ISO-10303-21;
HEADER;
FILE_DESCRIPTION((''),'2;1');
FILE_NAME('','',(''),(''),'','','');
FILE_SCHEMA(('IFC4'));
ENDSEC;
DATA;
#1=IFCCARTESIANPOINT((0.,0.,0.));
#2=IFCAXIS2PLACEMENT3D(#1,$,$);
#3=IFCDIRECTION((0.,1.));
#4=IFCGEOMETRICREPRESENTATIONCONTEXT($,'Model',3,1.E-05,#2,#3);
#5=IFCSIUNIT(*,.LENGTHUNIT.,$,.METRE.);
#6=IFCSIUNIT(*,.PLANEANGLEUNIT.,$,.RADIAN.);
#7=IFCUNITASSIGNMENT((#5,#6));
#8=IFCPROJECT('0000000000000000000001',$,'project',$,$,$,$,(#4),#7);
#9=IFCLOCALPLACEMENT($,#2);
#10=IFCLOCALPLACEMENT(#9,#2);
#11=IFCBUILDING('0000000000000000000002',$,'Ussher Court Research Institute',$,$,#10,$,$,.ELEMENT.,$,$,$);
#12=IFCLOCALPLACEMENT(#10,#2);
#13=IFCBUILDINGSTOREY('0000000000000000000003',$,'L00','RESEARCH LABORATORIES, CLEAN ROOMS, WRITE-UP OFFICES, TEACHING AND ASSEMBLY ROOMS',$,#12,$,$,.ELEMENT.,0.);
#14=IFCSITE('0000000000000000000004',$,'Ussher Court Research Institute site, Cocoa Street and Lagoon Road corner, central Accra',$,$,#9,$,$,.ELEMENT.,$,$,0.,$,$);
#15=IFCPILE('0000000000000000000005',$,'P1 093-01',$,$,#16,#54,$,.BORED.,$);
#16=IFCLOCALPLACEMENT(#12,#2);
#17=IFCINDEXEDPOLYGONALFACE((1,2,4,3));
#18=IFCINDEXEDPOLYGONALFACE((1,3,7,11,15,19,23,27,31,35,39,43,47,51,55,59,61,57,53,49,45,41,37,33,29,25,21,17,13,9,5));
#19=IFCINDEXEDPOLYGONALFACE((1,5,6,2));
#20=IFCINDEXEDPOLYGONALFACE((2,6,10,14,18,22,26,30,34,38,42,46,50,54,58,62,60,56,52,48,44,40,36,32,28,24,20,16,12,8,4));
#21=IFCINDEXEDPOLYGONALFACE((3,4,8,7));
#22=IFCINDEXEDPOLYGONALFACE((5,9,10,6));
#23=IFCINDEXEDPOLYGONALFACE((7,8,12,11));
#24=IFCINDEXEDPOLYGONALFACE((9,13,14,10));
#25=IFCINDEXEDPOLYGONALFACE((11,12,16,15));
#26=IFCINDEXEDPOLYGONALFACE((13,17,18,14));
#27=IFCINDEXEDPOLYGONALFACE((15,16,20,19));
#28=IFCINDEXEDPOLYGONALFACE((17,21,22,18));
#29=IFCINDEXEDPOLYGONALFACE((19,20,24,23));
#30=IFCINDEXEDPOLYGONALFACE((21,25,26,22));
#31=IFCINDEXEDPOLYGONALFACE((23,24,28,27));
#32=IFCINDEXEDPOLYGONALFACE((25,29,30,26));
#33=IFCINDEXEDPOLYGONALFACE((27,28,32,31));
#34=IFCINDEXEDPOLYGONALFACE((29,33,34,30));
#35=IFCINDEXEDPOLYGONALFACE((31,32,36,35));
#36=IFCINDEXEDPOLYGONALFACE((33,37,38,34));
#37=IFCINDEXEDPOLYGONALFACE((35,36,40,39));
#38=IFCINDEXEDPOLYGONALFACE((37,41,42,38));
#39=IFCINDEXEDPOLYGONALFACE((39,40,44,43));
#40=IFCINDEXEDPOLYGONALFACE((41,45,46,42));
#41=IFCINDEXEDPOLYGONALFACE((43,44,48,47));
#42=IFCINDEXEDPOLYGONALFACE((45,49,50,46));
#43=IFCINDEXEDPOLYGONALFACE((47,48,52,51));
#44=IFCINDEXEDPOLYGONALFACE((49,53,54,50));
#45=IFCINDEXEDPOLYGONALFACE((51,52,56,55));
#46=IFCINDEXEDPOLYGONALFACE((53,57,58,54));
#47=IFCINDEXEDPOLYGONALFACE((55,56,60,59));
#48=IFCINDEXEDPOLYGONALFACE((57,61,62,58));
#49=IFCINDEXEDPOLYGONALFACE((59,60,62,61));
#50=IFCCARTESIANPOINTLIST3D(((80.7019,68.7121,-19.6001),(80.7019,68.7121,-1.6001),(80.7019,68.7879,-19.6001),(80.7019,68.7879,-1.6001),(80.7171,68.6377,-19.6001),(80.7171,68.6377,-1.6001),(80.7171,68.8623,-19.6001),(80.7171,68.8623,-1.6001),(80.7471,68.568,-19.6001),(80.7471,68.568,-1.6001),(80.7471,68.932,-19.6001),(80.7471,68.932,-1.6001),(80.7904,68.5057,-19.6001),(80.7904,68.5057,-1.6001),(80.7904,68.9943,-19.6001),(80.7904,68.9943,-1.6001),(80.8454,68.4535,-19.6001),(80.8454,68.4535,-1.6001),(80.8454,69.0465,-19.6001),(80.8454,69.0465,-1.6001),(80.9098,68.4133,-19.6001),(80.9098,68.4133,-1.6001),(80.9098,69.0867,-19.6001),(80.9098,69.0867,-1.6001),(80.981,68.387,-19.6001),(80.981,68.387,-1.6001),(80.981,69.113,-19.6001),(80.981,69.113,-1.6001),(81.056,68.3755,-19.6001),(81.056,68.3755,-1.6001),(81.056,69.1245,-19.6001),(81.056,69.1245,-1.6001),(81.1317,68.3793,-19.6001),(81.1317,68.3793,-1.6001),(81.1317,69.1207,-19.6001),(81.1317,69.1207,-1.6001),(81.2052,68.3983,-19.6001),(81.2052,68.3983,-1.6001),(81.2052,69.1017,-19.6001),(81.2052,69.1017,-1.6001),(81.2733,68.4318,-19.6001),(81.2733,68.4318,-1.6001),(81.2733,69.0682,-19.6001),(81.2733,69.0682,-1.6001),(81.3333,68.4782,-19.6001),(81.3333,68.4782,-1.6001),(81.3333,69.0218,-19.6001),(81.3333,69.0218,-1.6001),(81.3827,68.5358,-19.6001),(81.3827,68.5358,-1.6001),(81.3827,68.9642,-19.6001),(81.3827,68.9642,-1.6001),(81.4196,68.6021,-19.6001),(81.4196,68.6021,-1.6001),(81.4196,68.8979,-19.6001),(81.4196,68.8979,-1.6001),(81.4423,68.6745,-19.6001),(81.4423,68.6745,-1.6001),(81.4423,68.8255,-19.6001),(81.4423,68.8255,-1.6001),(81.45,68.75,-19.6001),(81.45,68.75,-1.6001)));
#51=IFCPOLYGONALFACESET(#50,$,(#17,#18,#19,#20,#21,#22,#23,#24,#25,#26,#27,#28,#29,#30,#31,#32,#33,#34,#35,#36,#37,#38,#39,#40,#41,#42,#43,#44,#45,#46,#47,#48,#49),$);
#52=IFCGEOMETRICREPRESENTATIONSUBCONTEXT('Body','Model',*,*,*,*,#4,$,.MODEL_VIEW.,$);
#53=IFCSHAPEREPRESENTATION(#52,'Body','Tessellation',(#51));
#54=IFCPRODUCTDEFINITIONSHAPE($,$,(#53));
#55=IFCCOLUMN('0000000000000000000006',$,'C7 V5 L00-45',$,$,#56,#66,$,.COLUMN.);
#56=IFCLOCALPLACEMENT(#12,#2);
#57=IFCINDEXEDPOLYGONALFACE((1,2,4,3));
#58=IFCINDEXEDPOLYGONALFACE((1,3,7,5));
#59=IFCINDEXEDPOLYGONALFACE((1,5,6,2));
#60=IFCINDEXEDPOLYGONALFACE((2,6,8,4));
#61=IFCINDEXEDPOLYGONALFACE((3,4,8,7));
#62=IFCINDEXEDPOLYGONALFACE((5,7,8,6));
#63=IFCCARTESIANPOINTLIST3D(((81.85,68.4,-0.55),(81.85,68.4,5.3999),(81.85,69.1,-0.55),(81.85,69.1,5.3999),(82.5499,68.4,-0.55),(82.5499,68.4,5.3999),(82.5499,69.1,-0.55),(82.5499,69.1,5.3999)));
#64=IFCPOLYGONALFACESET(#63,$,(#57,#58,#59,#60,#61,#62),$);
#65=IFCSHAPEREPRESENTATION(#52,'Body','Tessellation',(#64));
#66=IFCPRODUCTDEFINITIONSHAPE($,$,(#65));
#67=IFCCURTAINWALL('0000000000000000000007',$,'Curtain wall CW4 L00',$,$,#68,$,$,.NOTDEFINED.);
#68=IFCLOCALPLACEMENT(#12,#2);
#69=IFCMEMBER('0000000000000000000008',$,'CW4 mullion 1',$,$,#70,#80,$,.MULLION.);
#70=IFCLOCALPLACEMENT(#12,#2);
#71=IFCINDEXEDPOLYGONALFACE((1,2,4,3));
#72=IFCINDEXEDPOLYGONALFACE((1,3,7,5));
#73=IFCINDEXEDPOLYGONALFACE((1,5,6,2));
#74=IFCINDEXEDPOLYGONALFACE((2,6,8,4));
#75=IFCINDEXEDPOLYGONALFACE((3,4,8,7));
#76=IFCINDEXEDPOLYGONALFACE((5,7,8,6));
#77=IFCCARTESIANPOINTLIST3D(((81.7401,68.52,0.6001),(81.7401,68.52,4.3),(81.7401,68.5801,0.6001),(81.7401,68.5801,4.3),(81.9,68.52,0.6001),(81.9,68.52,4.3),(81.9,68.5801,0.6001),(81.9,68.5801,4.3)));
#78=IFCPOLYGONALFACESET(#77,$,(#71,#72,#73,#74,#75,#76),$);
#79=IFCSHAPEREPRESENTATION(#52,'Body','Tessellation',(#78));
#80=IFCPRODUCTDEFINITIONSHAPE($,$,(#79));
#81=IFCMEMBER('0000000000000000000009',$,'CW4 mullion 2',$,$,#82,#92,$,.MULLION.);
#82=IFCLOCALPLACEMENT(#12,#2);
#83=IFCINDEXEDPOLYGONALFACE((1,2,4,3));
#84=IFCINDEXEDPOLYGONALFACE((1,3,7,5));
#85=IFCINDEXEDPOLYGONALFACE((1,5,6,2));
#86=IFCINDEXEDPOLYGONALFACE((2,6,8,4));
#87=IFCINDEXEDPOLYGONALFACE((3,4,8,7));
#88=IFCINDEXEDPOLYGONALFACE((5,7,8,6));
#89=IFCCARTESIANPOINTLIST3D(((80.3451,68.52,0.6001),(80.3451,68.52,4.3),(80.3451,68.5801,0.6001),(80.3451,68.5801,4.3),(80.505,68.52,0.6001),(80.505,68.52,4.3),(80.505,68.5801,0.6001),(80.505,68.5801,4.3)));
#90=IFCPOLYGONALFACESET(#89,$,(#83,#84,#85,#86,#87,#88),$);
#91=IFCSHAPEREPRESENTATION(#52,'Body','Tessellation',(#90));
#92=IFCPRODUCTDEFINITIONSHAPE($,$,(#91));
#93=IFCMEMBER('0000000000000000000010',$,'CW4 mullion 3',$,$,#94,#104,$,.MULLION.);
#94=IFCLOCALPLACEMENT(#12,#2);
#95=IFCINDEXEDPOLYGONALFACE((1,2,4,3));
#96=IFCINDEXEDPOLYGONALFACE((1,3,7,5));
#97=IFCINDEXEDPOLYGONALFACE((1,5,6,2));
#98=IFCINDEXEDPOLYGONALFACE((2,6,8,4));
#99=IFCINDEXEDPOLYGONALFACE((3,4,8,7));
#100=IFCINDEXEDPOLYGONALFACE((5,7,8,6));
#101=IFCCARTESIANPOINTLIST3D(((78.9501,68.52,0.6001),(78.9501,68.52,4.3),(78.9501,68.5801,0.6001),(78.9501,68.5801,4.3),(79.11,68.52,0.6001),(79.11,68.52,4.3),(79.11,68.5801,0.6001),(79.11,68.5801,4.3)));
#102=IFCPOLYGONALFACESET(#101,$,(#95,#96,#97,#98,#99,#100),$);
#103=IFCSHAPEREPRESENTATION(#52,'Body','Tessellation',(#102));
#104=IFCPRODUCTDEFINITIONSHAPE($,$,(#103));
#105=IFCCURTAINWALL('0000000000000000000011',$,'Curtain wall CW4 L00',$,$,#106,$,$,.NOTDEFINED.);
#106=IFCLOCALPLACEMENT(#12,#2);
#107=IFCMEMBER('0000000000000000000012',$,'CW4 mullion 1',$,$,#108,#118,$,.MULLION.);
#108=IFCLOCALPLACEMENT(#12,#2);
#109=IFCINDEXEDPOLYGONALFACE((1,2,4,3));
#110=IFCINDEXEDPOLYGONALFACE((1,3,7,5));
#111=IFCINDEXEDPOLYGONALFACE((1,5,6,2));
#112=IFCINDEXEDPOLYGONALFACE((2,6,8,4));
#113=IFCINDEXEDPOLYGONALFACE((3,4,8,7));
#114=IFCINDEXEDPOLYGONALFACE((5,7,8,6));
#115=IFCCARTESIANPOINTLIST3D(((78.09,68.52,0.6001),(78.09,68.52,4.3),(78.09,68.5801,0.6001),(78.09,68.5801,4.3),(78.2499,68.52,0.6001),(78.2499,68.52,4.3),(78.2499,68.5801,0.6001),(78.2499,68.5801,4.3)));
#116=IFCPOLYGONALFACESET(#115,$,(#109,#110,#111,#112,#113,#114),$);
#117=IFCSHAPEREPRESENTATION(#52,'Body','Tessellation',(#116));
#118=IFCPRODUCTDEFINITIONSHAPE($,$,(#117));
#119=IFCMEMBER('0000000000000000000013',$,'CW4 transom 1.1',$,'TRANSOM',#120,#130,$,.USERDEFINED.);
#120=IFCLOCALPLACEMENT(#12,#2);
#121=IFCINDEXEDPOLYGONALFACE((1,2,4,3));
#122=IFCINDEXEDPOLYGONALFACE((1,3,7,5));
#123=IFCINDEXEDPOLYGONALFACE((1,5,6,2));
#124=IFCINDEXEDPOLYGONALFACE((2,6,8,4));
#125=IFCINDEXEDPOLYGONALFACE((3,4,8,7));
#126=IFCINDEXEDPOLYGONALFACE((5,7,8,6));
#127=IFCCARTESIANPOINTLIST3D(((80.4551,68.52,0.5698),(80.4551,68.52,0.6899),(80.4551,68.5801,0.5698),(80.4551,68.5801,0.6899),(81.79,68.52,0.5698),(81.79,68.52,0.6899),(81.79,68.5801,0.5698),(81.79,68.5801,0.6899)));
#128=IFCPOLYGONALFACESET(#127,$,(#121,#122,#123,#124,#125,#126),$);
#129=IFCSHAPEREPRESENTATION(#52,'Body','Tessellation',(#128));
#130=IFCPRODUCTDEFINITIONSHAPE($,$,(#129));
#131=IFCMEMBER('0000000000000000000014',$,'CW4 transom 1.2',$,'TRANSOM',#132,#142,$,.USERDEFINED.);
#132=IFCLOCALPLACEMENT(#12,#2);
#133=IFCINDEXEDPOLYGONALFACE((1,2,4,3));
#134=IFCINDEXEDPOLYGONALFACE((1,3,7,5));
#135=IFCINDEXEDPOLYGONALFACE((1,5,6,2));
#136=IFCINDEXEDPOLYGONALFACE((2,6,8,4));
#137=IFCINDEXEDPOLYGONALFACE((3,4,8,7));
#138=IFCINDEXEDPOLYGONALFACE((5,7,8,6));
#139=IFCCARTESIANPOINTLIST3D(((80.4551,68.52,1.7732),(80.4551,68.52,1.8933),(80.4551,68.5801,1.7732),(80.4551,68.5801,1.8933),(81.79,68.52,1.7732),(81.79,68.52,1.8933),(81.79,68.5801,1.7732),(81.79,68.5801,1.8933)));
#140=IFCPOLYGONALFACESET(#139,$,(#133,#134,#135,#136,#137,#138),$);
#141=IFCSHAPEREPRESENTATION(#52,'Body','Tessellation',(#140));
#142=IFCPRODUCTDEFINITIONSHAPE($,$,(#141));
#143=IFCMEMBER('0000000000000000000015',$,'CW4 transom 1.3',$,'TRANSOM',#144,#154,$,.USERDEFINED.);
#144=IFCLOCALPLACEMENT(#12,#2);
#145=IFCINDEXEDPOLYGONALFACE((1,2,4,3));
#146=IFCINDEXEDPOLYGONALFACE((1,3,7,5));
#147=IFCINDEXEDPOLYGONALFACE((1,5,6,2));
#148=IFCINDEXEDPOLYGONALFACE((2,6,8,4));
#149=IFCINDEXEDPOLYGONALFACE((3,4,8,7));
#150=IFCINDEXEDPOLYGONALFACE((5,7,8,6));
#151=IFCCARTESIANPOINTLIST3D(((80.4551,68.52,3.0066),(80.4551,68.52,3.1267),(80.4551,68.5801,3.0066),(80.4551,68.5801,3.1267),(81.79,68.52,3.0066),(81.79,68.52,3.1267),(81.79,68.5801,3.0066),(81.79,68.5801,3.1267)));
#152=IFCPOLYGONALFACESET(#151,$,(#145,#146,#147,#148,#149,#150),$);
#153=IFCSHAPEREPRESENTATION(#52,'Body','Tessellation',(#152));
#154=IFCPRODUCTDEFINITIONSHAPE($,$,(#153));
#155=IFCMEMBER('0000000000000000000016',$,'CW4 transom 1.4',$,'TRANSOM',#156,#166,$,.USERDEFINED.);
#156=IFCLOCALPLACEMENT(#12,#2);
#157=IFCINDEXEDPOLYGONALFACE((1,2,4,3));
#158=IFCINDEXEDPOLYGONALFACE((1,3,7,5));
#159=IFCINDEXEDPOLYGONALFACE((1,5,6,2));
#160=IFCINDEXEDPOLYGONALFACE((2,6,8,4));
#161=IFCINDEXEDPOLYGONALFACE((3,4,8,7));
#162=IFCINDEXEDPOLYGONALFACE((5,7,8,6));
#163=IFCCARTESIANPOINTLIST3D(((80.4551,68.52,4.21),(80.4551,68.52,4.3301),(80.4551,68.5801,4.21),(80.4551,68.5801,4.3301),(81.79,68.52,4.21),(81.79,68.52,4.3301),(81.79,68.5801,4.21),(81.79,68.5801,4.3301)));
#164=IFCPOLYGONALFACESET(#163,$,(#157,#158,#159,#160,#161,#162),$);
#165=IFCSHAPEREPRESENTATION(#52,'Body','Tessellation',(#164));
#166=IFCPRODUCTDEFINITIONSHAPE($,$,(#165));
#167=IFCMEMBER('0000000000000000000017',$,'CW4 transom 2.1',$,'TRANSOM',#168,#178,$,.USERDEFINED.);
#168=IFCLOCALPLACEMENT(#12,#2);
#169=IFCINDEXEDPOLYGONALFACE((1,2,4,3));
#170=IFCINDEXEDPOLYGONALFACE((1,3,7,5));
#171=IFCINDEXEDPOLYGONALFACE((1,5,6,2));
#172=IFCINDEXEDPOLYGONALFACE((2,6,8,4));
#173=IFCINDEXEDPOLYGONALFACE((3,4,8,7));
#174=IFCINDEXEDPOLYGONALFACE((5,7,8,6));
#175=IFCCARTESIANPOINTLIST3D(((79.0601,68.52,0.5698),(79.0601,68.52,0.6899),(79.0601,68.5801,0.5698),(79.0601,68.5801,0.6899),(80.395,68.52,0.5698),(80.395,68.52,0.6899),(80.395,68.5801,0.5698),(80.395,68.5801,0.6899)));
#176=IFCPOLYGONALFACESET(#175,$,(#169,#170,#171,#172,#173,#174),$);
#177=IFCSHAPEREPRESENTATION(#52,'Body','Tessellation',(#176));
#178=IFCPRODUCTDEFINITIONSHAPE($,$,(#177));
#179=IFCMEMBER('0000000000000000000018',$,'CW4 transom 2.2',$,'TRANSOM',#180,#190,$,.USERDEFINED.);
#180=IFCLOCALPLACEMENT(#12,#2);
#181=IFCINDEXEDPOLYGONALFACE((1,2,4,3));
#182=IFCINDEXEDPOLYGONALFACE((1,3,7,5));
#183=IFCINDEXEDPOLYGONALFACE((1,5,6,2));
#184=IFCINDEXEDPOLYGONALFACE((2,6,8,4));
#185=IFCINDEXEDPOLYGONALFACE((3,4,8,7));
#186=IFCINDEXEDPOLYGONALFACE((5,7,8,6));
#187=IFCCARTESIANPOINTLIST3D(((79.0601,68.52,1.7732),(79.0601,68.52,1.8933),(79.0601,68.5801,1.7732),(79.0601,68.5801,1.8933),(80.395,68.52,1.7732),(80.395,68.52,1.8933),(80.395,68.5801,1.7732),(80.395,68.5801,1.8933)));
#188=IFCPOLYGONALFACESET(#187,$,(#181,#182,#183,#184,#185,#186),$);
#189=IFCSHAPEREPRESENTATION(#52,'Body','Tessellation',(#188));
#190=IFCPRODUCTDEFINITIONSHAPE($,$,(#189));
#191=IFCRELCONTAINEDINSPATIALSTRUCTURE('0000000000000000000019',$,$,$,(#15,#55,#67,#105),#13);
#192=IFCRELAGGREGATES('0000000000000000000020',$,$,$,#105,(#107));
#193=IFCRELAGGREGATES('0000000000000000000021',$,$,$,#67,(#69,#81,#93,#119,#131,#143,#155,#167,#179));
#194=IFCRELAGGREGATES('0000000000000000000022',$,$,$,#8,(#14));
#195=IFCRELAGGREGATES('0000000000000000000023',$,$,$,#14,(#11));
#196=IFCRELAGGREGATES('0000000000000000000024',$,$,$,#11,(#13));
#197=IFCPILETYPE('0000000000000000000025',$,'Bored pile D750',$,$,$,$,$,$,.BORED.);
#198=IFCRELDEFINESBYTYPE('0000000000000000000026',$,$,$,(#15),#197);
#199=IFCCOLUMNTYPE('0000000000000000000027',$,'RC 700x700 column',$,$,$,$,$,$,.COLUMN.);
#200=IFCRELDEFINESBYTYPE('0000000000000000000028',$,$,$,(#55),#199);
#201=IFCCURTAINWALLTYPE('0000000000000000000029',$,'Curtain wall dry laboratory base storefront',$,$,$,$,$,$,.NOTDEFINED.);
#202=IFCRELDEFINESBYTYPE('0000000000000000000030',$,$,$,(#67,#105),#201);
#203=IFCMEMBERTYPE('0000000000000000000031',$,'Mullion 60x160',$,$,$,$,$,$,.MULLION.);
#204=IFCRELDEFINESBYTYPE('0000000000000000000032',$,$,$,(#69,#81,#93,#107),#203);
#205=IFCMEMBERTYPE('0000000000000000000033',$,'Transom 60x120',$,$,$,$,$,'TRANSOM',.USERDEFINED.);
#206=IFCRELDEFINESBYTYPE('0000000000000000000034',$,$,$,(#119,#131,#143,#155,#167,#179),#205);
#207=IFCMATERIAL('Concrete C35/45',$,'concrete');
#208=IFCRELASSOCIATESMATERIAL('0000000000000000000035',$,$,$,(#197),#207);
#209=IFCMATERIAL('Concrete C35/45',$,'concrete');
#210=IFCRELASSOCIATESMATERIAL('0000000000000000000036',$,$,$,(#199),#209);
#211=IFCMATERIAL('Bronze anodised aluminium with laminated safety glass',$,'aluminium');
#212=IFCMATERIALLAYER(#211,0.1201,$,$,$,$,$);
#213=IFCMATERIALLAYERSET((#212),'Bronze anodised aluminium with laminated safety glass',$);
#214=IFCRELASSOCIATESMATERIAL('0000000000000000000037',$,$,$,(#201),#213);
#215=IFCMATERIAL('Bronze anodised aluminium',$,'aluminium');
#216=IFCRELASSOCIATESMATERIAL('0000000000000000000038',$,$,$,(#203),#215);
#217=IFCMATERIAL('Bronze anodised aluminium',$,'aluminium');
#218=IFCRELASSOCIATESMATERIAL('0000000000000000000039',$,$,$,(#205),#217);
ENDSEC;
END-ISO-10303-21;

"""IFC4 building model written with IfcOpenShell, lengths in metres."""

from ifc_helpers import new_model, si_unit, direction, frame, origin, origin_2d, place, context, subcontext, project, spatial, rectangle, circle, extrude, material, layer, layer_set, material_profile, profile_set, type_object, element, aggregate, save


model = new_model("IFC4")

# Units and contexts
model_context = context("Model", 3, precision=1e-05, world=origin(), true_north=direction((0.0, 1.0)))
body_context = subcontext(model_context, "Body", "Model", "MODEL_VIEW")
ifc_project = project(units=[si_unit("LENGTHUNIT", "METRE"), si_unit("PLANEANGLEUNIT", "RADIAN")], contexts=[model_context])

# Site, building, storey
site_placement = place(None, origin())
site = spatial("IfcSite", under=ifc_project, at=site_placement, Name="Ussher Court Research Institute site, Cocoa Street and Lagoon Road corner, central Accra", CompositionType="ELEMENT", RefElevation=0.0)
building_placement = place(site_placement, origin())
building = spatial("IfcBuilding", under=site, at=building_placement, Name="Ussher Court Research Institute", CompositionType="ELEMENT")
storey_placement = place(building_placement, origin())
storey = spatial("IfcBuildingStorey", under=building, at=storey_placement, Name="L00", Description="RESEARCH LABORATORIES, CLEAN ROOMS, WRITE-UP OFFICES, TEACHING AND ASSEMBLY ROOMS", CompositionType="ELEMENT", Elevation=0.0)

# Pile
ifc_material_1 = material(Name="Concrete C35/45", Category="concrete")
ifc_material_profile_1 = material_profile(ifc_material_1, circle(Radius=0.375, at=origin_2d()), Name="RC D750")
ifc_profile_set_1 = profile_set([ifc_material_profile_1], Name="Concrete C35/45")
pile_type = type_object("IfcPileType", Name="Bored pile D750", PredefinedType="BORED", material=ifc_profile_set_1)
pile_placement = place(storey_placement, frame((81.075, 68.75, -1.6001), z_axis=(0.0, 0.0, -1.0), x_axis=(1.0, 0.0, 0.0)))
element("IfcPile", 1, at=pile_placement, inside=storey, type_object=pile_type, Name="P1 093-01", PredefinedType="BORED", context=body_context, shape_type="SweptSolid", body=[
    extrude(circle(Radius=0.375, at=origin_2d()), origin(), (0.0, 0.0, 1.0), 18.0),
])

# Column
ifc_material_2 = material(Name="Concrete C35/45", Category="concrete")
ifc_material_profile_2 = material_profile(ifc_material_2, rectangle(XDim=0.7, YDim=0.7, at=origin_2d()), Name="RC 700x700")
ifc_profile_set_2 = profile_set([ifc_material_profile_2], Name="Concrete C35/45")
column_type = type_object("IfcColumnType", Name="RC 700x700 column", PredefinedType="COLUMN", material=ifc_profile_set_2)
column_placement = place(storey_placement, frame((82.2, 68.75, -0.55), z_axis=(0.0, 0.0, 1.0), x_axis=(1.0, 0.0, 0.0)))
element("IfcColumn", 2, at=column_placement, inside=storey, type_object=column_type, Name="C7 V5 L00-45", PredefinedType="COLUMN", context=body_context, shape_type="SweptSolid", body=[
    extrude(rectangle(XDim=0.7, YDim=0.7, at=origin_2d()), origin(), (0.0, 0.0, 1.0), 5.95),
])

# Curtain wall, members
ifc_material_3 = material(Name="Bronze anodised aluminium with laminated safety glass", Category="aluminium")
ifc_layer_1 = layer(ifc_material_3, 0.1201)
ifc_layer_set_1 = layer_set([ifc_layer_1], Name="Bronze anodised aluminium with laminated safety glass")
curtain_wall_type = type_object("IfcCurtainWallType", Name="Curtain wall dry laboratory base storefront", PredefinedType="NOTDEFINED", material=ifc_layer_set_1)
curtain_wall_1_placement = place(storey_placement, origin())
curtain_wall_1 = element("IfcCurtainWall", 3, at=curtain_wall_1_placement, inside=storey, type_object=curtain_wall_type, Name="Curtain wall CW4 L00", PredefinedType="NOTDEFINED")
ifc_material_4 = material(Name="Bronze anodised aluminium", Category="aluminium")
ifc_material_profile_3 = material_profile(ifc_material_4, rectangle(XDim=0.0601, YDim=0.1599, at=origin_2d()), Name="Mullion 60x160")
ifc_profile_set_3 = profile_set([ifc_material_profile_3], Name="Bronze anodised aluminium")
member_type_1 = type_object("IfcMemberType", Name="Mullion 60x160", PredefinedType="MULLION", material=ifc_profile_set_3)
member_1_placement = place(storey_placement, frame((81.8201, 68.55, 0.6001), z_axis=(0.0, 0.0, 1.0), x_axis=(0.0, -1.0, 0.0)))
member_1 = element("IfcMember", 4, at=member_1_placement, type_object=member_type_1, Name="CW4 mullion 1", PredefinedType="MULLION", context=body_context, shape_type="SweptSolid", body=[
    extrude(rectangle(XDim=0.0601, YDim=0.1599, at=origin_2d()), origin(), (0.0, 0.0, 1.0), 3.7),
])
member_2_placement = place(storey_placement, frame((80.425, 68.55, 0.6001), z_axis=(0.0, 0.0, 1.0), x_axis=(0.0, -1.0, 0.0)))
member_2 = element("IfcMember", 5, at=member_2_placement, type_object=member_type_1, Name="CW4 mullion 2", PredefinedType="MULLION", context=body_context, shape_type="SweptSolid", body=[
    extrude(rectangle(XDim=0.0601, YDim=0.1599, at=origin_2d()), origin(), (0.0, 0.0, 1.0), 3.7),
])
member_3_placement = place(storey_placement, frame((79.03, 68.55, 0.6001), z_axis=(0.0, 0.0, 1.0), x_axis=(0.0, -1.0, 0.0)))
member_3 = element("IfcMember", 6, at=member_3_placement, type_object=member_type_1, Name="CW4 mullion 3", PredefinedType="MULLION", context=body_context, shape_type="SweptSolid", body=[
    extrude(rectangle(XDim=0.0601, YDim=0.1599, at=origin_2d()), origin(), (0.0, 0.0, 1.0), 3.7),
])

# Curtain wall, member
curtain_wall_2_placement = place(storey_placement, origin())
curtain_wall_2 = element("IfcCurtainWall", 7, at=curtain_wall_2_placement, inside=storey, type_object=curtain_wall_type, Name="Curtain wall CW4 L00", PredefinedType="NOTDEFINED")
member_4_placement = place(storey_placement, frame((78.1699, 68.55, 0.6001), z_axis=(0.0, 0.0, 1.0), x_axis=(0.0, -1.0, 0.0)))
member_4 = element("IfcMember", 8, at=member_4_placement, type_object=member_type_1, Name="CW4 mullion 1", PredefinedType="MULLION", context=body_context, shape_type="SweptSolid", body=[
    extrude(rectangle(XDim=0.0601, YDim=0.1599, at=origin_2d()), origin(), (0.0, 0.0, 1.0), 3.7),
])

# Members
ifc_material_5 = material(Name="Bronze anodised aluminium", Category="aluminium")
ifc_material_profile_4 = material_profile(ifc_material_5, rectangle(XDim=0.0601, YDim=0.1201, at=origin_2d()), Name="Transom 60x120")
ifc_profile_set_4 = profile_set([ifc_material_profile_4], Name="Bronze anodised aluminium")
member_type_2 = type_object("IfcMemberType", Name="Transom 60x120", ElementType="TRANSOM", PredefinedType="USERDEFINED", material=ifc_profile_set_4)
member_5_placement = place(storey_placement, frame((81.79, 68.55, 0.6299), z_axis=(-1.0, 0.0, 0.0), x_axis=(0.0, -1.0, 0.0)))
member_5 = element("IfcMember", 9, at=member_5_placement, type_object=member_type_2, Name="CW4 transom 1.1", ObjectType="TRANSOM", PredefinedType="USERDEFINED", context=body_context, shape_type="SweptSolid", body=[
    extrude(rectangle(XDim=0.0601, YDim=0.1201, at=origin_2d()), origin(), (0.0, 0.0, 1.0), 1.335),
])
member_6_placement = place(storey_placement, frame((81.79, 68.55, 1.8333), z_axis=(-1.0, 0.0, 0.0), x_axis=(0.0, -1.0, 0.0)))
member_6 = element("IfcMember", 10, at=member_6_placement, type_object=member_type_2, Name="CW4 transom 1.2", ObjectType="TRANSOM", PredefinedType="USERDEFINED", context=body_context, shape_type="SweptSolid", body=[
    extrude(rectangle(XDim=0.0601, YDim=0.1201, at=origin_2d()), origin(), (0.0, 0.0, 1.0), 1.335),
])
member_7_placement = place(storey_placement, frame((81.79, 68.55, 3.0667), z_axis=(-1.0, 0.0, 0.0), x_axis=(0.0, -1.0, 0.0)))
member_7 = element("IfcMember", 11, at=member_7_placement, type_object=member_type_2, Name="CW4 transom 1.3", ObjectType="TRANSOM", PredefinedType="USERDEFINED", context=body_context, shape_type="SweptSolid", body=[
    extrude(rectangle(XDim=0.0601, YDim=0.1201, at=origin_2d()), origin(), (0.0, 0.0, 1.0), 1.335),
])
member_8_placement = place(storey_placement, frame((81.79, 68.55, 4.27), z_axis=(-1.0, 0.0, 0.0), x_axis=(0.0, -1.0, 0.0)))
member_8 = element("IfcMember", 12, at=member_8_placement, type_object=member_type_2, Name="CW4 transom 1.4", ObjectType="TRANSOM", PredefinedType="USERDEFINED", context=body_context, shape_type="SweptSolid", body=[
    extrude(rectangle(XDim=0.0601, YDim=0.1201, at=origin_2d()), origin(), (0.0, 0.0, 1.0), 1.335),
])
member_9_placement = place(storey_placement, frame((80.395, 68.55, 0.6299), z_axis=(-1.0, 0.0, 0.0), x_axis=(0.0, -1.0, 0.0)))
member_9 = element("IfcMember", 13, at=member_9_placement, type_object=member_type_2, Name="CW4 transom 2.1", ObjectType="TRANSOM", PredefinedType="USERDEFINED", context=body_context, shape_type="SweptSolid", body=[
    extrude(rectangle(XDim=0.0601, YDim=0.1201, at=origin_2d()), origin(), (0.0, 0.0, 1.0), 1.335),
])
member_10_placement = place(storey_placement, frame((80.395, 68.55, 1.8333), z_axis=(-1.0, 0.0, 0.0), x_axis=(0.0, -1.0, 0.0)))
member_10 = element("IfcMember", 14, at=member_10_placement, type_object=member_type_2, Name="CW4 transom 2.2", ObjectType="TRANSOM", PredefinedType="USERDEFINED", context=body_context, shape_type="SweptSolid", body=[
    extrude(rectangle(XDim=0.0601, YDim=0.1201, at=origin_2d()), origin(), (0.0, 0.0, 1.0), 1.335),
])
aggregate(curtain_wall_2, [member_4])

aggregate(curtain_wall_1, [member_1, member_2, member_3, member_5, member_6, member_7, member_8, member_9, member_10])

save(model, "model.ifc")
